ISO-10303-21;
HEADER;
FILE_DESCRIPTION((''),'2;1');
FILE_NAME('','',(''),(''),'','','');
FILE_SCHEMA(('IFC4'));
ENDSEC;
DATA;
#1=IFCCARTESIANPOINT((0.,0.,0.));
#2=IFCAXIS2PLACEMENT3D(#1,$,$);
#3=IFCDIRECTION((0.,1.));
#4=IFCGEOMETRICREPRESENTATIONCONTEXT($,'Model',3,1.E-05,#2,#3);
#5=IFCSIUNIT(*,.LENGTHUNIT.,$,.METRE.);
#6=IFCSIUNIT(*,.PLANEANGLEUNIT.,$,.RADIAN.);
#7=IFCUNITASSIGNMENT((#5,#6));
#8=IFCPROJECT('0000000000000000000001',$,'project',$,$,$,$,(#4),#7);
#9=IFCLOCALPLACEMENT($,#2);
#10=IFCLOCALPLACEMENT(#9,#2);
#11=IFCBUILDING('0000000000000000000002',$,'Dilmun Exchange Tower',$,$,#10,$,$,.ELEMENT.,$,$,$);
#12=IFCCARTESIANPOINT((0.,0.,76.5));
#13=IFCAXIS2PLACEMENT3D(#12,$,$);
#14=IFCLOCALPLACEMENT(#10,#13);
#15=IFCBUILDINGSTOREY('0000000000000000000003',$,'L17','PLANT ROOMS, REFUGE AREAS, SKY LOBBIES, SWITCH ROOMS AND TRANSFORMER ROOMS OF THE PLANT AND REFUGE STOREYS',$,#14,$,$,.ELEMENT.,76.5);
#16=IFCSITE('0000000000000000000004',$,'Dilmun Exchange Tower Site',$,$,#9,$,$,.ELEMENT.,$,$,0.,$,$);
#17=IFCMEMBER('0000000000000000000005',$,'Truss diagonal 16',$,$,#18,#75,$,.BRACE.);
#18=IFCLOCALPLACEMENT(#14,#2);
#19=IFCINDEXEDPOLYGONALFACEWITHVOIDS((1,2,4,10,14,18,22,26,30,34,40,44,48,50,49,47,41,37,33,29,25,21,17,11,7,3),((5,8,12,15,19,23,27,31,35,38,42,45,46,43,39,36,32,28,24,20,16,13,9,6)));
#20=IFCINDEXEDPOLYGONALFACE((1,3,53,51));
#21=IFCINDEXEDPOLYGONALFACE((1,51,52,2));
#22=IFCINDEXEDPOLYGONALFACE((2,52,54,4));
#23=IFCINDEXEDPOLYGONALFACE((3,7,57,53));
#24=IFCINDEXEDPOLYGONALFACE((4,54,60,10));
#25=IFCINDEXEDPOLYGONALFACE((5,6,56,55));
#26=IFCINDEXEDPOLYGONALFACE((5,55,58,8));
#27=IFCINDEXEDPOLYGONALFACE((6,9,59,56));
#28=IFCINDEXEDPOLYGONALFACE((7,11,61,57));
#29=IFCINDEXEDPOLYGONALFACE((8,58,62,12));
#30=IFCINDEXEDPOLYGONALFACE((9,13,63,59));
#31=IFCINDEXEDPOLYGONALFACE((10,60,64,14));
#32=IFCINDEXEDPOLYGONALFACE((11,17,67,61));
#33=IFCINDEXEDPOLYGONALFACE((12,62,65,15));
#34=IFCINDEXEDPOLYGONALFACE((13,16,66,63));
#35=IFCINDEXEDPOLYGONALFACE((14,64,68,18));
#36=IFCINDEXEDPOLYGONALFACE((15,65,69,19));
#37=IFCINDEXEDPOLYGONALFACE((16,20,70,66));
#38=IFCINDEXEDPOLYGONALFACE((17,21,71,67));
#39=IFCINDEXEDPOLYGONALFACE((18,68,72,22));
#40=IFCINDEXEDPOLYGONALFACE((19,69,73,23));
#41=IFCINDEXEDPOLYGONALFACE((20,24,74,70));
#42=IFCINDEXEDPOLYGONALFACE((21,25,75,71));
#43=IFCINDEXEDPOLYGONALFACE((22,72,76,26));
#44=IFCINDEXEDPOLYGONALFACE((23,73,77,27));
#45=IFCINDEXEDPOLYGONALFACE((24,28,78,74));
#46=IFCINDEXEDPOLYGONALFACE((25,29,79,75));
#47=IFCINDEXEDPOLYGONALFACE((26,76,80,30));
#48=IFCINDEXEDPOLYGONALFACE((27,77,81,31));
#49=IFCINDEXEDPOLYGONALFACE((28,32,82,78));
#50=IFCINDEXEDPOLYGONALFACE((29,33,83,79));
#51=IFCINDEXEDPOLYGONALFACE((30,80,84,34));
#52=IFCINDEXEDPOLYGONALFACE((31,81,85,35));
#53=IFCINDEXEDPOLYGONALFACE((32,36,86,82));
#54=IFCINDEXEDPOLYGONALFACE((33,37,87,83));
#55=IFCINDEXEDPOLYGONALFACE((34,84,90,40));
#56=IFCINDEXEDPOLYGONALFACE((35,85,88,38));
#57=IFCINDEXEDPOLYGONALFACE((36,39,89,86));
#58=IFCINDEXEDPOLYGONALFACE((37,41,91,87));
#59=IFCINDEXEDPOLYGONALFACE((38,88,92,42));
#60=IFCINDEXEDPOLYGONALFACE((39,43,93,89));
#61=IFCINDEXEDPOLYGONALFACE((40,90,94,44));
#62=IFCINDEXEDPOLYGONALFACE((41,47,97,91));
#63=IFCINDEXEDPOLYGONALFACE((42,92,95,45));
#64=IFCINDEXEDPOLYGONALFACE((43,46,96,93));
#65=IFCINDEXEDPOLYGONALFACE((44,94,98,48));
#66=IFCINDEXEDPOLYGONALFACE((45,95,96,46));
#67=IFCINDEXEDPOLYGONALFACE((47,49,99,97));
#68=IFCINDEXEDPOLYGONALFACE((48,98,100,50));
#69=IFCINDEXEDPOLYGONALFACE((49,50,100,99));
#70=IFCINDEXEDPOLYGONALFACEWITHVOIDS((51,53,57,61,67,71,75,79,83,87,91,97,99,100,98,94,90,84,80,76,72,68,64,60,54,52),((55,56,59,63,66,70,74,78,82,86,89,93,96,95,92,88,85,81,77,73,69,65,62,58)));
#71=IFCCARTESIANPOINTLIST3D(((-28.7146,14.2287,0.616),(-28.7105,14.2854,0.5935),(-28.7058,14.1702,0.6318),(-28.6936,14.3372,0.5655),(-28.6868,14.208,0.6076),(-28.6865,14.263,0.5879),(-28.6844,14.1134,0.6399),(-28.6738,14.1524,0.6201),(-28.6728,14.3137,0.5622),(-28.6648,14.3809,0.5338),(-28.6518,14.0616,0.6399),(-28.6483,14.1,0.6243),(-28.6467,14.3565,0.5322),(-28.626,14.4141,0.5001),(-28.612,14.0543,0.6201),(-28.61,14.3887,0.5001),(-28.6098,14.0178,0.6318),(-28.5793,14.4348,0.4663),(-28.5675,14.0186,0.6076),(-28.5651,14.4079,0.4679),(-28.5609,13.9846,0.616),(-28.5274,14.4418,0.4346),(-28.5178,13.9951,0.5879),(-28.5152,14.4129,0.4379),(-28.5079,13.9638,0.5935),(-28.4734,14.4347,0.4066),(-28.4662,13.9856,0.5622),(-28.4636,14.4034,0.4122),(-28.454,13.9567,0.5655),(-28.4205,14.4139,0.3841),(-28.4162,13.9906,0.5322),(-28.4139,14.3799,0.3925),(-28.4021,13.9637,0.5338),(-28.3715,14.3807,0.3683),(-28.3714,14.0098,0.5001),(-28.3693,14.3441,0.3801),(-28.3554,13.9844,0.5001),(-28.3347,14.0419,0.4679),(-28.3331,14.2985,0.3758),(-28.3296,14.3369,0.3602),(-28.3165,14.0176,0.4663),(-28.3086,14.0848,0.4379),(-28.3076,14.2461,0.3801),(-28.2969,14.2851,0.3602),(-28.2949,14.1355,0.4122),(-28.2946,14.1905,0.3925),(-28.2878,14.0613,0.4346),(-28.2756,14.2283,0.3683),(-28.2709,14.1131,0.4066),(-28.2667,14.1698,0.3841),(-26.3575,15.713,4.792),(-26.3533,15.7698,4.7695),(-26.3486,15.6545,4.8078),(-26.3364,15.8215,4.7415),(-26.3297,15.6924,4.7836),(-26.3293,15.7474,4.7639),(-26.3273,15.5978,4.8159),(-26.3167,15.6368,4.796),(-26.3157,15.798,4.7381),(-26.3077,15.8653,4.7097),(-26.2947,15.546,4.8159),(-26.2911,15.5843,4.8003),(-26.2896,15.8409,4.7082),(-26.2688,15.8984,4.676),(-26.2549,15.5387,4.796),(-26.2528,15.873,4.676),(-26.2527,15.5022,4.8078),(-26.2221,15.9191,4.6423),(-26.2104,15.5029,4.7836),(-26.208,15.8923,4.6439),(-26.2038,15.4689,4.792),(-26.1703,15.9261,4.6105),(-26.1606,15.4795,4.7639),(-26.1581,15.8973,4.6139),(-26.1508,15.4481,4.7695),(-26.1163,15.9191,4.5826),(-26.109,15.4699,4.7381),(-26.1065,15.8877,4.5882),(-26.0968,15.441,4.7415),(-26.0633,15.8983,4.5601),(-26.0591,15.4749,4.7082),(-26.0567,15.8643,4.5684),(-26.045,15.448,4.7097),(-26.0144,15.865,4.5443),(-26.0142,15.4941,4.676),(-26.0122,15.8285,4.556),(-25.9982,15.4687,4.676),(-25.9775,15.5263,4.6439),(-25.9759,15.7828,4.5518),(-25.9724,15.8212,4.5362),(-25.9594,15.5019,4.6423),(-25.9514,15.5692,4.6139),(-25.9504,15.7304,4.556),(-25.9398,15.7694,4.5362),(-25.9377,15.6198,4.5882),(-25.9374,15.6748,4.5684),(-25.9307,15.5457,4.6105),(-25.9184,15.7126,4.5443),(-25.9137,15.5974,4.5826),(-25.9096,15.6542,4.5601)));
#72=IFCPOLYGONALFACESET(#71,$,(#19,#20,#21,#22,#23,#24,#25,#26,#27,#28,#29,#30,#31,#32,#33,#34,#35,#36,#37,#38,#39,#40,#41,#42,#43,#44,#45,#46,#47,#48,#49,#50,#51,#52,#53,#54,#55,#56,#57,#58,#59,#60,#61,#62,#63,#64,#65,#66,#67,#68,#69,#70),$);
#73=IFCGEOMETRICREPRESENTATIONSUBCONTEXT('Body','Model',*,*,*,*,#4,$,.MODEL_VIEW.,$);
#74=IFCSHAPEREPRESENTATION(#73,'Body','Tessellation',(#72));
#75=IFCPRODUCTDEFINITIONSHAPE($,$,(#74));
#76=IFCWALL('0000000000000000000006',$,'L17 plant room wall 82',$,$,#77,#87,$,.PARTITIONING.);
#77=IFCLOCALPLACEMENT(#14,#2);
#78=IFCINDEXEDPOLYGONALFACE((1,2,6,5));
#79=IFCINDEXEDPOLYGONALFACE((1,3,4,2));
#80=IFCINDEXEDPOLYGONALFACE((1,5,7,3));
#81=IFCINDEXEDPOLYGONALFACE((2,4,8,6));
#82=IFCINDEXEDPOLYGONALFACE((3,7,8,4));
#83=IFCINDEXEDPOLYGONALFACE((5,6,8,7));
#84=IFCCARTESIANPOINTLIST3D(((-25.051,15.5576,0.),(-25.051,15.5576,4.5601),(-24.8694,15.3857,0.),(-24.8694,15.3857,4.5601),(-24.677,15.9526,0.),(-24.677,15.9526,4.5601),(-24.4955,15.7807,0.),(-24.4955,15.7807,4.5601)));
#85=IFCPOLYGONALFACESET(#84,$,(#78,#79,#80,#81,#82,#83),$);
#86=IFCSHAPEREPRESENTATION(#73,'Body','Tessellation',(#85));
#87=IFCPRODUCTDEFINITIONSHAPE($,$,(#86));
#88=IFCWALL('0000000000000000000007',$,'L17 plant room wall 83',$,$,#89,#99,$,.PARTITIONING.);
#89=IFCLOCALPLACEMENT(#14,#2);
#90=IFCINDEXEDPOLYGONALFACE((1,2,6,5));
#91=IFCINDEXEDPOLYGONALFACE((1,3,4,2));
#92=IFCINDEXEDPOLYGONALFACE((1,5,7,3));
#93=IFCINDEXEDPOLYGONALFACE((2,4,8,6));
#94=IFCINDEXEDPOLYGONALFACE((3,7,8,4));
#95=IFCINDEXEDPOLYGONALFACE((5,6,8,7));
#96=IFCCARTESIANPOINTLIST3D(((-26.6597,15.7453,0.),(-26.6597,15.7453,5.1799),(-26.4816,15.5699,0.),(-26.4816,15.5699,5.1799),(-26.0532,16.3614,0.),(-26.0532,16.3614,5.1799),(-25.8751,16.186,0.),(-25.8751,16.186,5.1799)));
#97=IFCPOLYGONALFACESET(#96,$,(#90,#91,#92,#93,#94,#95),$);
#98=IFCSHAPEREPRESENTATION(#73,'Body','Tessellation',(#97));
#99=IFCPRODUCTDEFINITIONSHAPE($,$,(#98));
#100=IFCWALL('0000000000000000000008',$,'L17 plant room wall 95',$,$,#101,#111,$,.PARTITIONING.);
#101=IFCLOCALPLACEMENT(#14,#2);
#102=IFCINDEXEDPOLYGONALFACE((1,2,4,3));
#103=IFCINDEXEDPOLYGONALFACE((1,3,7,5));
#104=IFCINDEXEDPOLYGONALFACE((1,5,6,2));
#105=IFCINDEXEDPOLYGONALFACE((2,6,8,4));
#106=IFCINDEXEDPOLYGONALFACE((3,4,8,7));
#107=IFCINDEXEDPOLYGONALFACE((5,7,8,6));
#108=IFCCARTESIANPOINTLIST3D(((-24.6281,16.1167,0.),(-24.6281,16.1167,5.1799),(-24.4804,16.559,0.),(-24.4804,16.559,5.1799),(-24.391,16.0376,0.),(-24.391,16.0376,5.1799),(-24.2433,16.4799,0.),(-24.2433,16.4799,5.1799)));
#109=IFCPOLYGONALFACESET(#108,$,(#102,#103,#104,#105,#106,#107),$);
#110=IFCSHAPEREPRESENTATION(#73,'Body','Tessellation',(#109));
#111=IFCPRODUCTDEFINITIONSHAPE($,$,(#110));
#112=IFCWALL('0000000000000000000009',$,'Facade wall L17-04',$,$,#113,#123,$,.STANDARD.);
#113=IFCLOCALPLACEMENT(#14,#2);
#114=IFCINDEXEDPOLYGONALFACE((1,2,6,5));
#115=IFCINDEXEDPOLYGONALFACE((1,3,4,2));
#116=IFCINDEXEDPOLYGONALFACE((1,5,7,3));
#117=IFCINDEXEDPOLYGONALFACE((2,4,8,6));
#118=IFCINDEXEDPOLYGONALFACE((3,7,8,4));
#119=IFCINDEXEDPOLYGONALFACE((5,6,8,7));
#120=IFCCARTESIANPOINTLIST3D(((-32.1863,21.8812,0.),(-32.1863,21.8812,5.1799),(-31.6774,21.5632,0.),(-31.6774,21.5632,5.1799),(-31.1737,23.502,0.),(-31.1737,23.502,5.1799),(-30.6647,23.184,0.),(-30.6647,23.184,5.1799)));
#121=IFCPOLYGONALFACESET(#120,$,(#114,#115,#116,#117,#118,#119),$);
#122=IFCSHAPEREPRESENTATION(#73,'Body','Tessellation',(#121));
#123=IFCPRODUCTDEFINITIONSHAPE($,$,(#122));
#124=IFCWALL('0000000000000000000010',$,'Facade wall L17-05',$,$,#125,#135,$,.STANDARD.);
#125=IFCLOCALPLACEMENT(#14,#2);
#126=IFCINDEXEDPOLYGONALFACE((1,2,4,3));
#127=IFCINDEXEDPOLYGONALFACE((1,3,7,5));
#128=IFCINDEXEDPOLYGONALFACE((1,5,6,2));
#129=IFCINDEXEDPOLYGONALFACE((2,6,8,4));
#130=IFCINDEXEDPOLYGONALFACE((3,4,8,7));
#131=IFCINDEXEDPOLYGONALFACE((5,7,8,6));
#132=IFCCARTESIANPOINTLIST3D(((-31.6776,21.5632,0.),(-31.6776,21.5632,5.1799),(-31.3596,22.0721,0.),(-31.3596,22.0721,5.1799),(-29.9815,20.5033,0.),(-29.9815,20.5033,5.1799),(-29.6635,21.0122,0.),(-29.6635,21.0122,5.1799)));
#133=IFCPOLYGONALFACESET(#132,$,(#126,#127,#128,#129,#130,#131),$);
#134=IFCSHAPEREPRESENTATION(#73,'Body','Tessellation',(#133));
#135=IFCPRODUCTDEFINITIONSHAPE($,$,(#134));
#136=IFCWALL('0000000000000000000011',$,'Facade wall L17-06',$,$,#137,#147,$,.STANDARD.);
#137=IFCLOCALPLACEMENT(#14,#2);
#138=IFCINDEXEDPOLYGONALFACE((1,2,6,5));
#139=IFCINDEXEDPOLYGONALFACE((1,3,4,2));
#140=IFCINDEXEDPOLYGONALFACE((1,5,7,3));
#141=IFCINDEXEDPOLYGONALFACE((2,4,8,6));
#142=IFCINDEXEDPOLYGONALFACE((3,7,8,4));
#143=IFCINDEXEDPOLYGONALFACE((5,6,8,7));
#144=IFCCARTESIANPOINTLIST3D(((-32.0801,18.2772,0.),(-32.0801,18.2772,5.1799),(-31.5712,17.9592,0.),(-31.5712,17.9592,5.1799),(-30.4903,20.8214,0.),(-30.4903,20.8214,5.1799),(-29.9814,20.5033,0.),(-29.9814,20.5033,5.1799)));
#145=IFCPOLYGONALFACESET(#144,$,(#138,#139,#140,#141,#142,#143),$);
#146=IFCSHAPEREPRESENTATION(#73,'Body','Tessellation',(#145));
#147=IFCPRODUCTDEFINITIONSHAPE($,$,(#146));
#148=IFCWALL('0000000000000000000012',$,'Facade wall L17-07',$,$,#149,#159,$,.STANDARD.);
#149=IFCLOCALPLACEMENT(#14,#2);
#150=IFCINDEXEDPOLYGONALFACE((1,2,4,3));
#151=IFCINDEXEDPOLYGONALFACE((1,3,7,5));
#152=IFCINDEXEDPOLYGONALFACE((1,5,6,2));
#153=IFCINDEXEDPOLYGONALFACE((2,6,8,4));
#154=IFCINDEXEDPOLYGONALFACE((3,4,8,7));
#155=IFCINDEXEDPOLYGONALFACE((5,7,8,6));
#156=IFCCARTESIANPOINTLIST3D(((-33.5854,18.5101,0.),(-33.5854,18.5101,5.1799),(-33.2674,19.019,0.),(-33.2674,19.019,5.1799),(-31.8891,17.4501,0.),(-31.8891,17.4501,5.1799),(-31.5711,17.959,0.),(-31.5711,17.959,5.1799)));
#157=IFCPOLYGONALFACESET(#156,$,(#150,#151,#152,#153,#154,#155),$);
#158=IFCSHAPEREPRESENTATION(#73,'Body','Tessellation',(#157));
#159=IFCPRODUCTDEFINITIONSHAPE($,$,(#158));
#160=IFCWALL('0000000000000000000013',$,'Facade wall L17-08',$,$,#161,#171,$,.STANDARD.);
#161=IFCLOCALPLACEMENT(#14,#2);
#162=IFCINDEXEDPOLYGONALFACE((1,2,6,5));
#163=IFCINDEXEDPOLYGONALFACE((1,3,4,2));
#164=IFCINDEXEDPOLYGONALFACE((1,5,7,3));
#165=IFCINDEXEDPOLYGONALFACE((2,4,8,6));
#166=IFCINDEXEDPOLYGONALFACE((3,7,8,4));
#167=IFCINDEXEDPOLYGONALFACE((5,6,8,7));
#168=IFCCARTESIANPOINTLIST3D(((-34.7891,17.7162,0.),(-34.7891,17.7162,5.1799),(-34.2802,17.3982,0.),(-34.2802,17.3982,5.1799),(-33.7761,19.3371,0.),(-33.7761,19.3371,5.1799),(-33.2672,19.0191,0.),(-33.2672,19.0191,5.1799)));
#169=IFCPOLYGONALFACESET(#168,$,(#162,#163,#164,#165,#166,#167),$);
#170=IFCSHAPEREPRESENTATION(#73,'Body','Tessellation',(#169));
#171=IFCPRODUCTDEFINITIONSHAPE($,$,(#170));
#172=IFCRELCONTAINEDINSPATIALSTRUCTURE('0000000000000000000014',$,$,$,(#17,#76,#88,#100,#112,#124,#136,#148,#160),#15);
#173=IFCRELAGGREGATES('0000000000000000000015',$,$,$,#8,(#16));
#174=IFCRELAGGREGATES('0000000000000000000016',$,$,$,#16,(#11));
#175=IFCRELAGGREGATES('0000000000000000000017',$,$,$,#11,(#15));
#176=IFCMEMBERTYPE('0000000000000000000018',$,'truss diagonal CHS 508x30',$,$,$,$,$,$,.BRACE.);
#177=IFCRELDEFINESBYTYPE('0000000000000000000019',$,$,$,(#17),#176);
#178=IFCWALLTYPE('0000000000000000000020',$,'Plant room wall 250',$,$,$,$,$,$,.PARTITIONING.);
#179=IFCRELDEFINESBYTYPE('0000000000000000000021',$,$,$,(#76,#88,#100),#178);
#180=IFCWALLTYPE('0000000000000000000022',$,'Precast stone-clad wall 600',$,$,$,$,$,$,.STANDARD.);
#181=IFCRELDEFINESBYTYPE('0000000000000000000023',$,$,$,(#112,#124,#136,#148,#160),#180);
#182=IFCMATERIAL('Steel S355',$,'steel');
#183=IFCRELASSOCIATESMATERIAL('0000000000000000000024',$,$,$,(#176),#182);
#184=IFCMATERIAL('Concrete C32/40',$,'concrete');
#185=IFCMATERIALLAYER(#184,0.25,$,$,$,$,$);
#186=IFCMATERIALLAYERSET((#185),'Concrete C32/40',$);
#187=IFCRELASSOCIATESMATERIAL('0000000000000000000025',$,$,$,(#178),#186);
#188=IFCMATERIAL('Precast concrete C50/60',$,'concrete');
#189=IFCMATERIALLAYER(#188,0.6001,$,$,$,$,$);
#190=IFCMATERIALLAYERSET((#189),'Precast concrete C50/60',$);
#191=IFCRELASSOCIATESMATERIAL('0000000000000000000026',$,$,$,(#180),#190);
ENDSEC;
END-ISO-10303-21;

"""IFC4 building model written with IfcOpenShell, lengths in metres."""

from ifc_helpers import new_model, si_unit, direction, frame, frame_2d, origin, origin_2d, place, context, subcontext, project, spatial, rectangle, hollow_circle, extrude, material, layer, layer_set, material_profile, profile_set, type_object, element, save


model = new_model("IFC4")

# Units and contexts
model_context = context("Model", 3, precision=1e-05, world=origin(), true_north=direction((0.0, 1.0)))
body_context = subcontext(model_context, "Body", "Model", "MODEL_VIEW")
ifc_project = project(units=[si_unit("LENGTHUNIT", "METRE"), si_unit("PLANEANGLEUNIT", "RADIAN")], contexts=[model_context])

# Site, building, storey
site_placement = place(None, origin())
site = spatial("IfcSite", under=ifc_project, at=site_placement, Name="Dilmun Exchange Tower Site", CompositionType="ELEMENT", RefElevation=0.0)
building_placement = place(site_placement, origin())
building = spatial("IfcBuilding", under=site, at=building_placement, Name="Dilmun Exchange Tower", CompositionType="ELEMENT")
storey_placement = place(building_placement, frame((0.0, 0.0, 76.5)))
storey = spatial("IfcBuildingStorey", under=building, at=storey_placement, Name="L17", Description="PLANT ROOMS, REFUGE AREAS, SKY LOBBIES, SWITCH ROOMS AND TRANSFORMER ROOMS OF THE PLANT AND REFUGE STOREYS", CompositionType="ELEMENT", Elevation=76.5)

# Shared definitions
ifc_material_1 = material(Name="Steel S355", Category="steel")

# Member
ifc_material_profile_1 = material_profile(ifc_material_1, hollow_circle(Radius=0.2539, WallThickness=0.03, at=origin_2d()), Name="CHS 508x30")
ifc_profile_set_1 = profile_set([ifc_material_profile_1], Name="Steel S355")
member_type = type_object("IfcMemberType", Name="truss diagonal CHS 508x30", PredefinedType="BRACE", material=ifc_profile_set_1)
member_1_placement = place(storey_placement, frame((-26.1335, 15.6836, 4.676), z_axis=(-0.469572, -0.295701, -0.831903), x_axis=(0.532871, -0.846196, 0.0)))
element("IfcMember", 1, at=member_1_placement, inside=storey, type_object=member_type, Name="Truss diagonal 16", PredefinedType="BRACE", context=body_context, shape_type="SweptSolid", body=[
    extrude(hollow_circle(Radius=0.2539, WallThickness=0.03, at=origin_2d()), origin(), (0.0, 0.0, 1.0), 5.0198),
])

# Walls
ifc_material_2 = material(Name="Concrete C32/40", Category="concrete")
ifc_layer_1 = layer(ifc_material_2, 0.25)
ifc_layer_set_1 = layer_set([ifc_layer_1], Name="Concrete C32/40")
wall_type_1 = type_object("IfcWallType", Name="Plant room wall 250", PredefinedType="PARTITIONING", material=ifc_layer_set_1)
wall_1_placement = place(storey_placement, frame((-24.9602, 15.4717, 0.0), z_axis=(0.0, 0.0, 1.0), x_axis=(0.687545, 0.726141, 0.0)))
element("IfcWall", 2, at=wall_1_placement, inside=storey, type_object=wall_type_1, Name="L17 plant room wall 82", PredefinedType="PARTITIONING", context=body_context, shape_type="SweptSolid", body=[
    extrude(rectangle(XDim=0.5439, YDim=0.25, at=frame_2d((0.272, 0.0))), origin(), (0.0, 0.0, 1.0), 4.5601),
])
wall_2_placement = place(storey_placement, frame((-26.5706, 15.6577, 0.0), z_axis=(0.0, 0.0, 1.0), x_axis=(0.701578, 0.712593, 0.0)))
element("IfcWall", 3, at=wall_2_placement, inside=storey, type_object=wall_type_1, Name="L17 plant room wall 83", PredefinedType="PARTITIONING", context=body_context, shape_type="SweptSolid", body=[
    extrude(rectangle(XDim=0.8645, YDim=0.25, at=frame_2d((0.4321, 0.0))), origin(), (0.0, 0.0, 1.0), 5.1799),
])
wall_3_placement = place(storey_placement, frame((-24.5095, 16.0771, 0.0), z_axis=(0.0, 0.0, 1.0), x_axis=(0.316699, 0.948526, 0.0)))
element("IfcWall", 4, at=wall_3_placement, inside=storey, type_object=wall_type_1, Name="L17 plant room wall 95", PredefinedType="PARTITIONING", context=body_context, shape_type="SweptSolid", body=[
    extrude(rectangle(XDim=0.4663, YDim=0.25, at=frame_2d((0.2332, 0.0))), origin(), (0.0, 0.0, 1.0), 5.1799),
])
ifc_material_3 = material(Name="Precast concrete C50/60", Category="concrete")
ifc_layer_2 = layer(ifc_material_3, 0.6001)
ifc_layer_set_2 = layer_set([ifc_layer_2], Name="Precast concrete C50/60")
wall_type_2 = type_object("IfcWallType", Name="Precast stone-clad wall 600", PredefinedType="STANDARD", material=ifc_layer_set_2)
wall_4_placement = place(storey_placement, frame((-30.9192, 23.343, 0.0), z_axis=(0.0, 0.0, 1.0), x_axis=(-0.529873, -0.848077, 0.0)))
element("IfcWall", 5, at=wall_4_placement, inside=storey, type_object=wall_type_2, Name="Facade wall L17-04", PredefinedType="STANDARD", context=body_context, shape_type="SweptSolid", body=[
    extrude(rectangle(XDim=1.9111, YDim=0.6001, at=frame_2d((0.9556, 0.0))), origin(), (0.0, 0.0, 1.0), 5.1799),
])
wall_5_placement = place(storey_placement, frame((-31.5186, 21.8176, 0.0), z_axis=(0.0, 0.0, 1.0), x_axis=(0.848046, -0.529922, 0.0)))
element("IfcWall", 6, at=wall_5_placement, inside=storey, type_object=wall_type_2, Name="Facade wall L17-05", PredefinedType="STANDARD", context=body_context, shape_type="SweptSolid", body=[
    extrude(rectangle(XDim=2.0, YDim=0.6001, at=frame_2d((1.0, 0.0))), origin(), (0.0, 0.0, 1.0), 5.1799),
])
wall_6_placement = place(storey_placement, frame((-30.2358, 20.6624, 0.0), z_axis=(0.0, 0.0, 1.0), x_axis=(-0.529933, -0.848039, 0.0)))
element("IfcWall", 7, at=wall_6_placement, inside=storey, type_object=wall_type_2, Name="Facade wall L17-06", PredefinedType="STANDARD", context=body_context, shape_type="SweptSolid", body=[
    extrude(rectangle(XDim=3.0, YDim=0.6001, at=frame_2d((1.5, 0.0))), origin(), (0.0, 0.0, 1.0), 5.1799),
])
wall_7_placement = place(storey_placement, frame((-31.7302, 17.7046, 0.0), z_axis=(0.0, 0.0, 1.0), x_axis=(-0.848026, 0.529955, 0.0)))
element("IfcWall", 8, at=wall_7_placement, inside=storey, type_object=wall_type_2, Name="Facade wall L17-07", PredefinedType="STANDARD", context=body_context, shape_type="SweptSolid", body=[
    extrude(rectangle(XDim=2.0002, YDim=0.6001, at=frame_2d((1.0, 0.0))), origin(), (0.0, 0.0, 1.0), 5.1799),
])
wall_8_placement = place(storey_placement, frame((-33.5217, 19.178, 0.0), z_axis=(0.0, 0.0, 1.0), x_axis=(-0.529964, -0.84802, 0.0)))
element("IfcWall", 9, at=wall_8_placement, inside=storey, type_object=wall_type_2, Name="Facade wall L17-08", PredefinedType="STANDARD", context=body_context, shape_type="SweptSolid", body=[
    extrude(rectangle(XDim=1.9114, YDim=0.6001, at=frame_2d((0.9556, 0.0))), origin(), (0.0, 0.0, 1.0), 5.1799),
])

save(model, "model.ifc")
